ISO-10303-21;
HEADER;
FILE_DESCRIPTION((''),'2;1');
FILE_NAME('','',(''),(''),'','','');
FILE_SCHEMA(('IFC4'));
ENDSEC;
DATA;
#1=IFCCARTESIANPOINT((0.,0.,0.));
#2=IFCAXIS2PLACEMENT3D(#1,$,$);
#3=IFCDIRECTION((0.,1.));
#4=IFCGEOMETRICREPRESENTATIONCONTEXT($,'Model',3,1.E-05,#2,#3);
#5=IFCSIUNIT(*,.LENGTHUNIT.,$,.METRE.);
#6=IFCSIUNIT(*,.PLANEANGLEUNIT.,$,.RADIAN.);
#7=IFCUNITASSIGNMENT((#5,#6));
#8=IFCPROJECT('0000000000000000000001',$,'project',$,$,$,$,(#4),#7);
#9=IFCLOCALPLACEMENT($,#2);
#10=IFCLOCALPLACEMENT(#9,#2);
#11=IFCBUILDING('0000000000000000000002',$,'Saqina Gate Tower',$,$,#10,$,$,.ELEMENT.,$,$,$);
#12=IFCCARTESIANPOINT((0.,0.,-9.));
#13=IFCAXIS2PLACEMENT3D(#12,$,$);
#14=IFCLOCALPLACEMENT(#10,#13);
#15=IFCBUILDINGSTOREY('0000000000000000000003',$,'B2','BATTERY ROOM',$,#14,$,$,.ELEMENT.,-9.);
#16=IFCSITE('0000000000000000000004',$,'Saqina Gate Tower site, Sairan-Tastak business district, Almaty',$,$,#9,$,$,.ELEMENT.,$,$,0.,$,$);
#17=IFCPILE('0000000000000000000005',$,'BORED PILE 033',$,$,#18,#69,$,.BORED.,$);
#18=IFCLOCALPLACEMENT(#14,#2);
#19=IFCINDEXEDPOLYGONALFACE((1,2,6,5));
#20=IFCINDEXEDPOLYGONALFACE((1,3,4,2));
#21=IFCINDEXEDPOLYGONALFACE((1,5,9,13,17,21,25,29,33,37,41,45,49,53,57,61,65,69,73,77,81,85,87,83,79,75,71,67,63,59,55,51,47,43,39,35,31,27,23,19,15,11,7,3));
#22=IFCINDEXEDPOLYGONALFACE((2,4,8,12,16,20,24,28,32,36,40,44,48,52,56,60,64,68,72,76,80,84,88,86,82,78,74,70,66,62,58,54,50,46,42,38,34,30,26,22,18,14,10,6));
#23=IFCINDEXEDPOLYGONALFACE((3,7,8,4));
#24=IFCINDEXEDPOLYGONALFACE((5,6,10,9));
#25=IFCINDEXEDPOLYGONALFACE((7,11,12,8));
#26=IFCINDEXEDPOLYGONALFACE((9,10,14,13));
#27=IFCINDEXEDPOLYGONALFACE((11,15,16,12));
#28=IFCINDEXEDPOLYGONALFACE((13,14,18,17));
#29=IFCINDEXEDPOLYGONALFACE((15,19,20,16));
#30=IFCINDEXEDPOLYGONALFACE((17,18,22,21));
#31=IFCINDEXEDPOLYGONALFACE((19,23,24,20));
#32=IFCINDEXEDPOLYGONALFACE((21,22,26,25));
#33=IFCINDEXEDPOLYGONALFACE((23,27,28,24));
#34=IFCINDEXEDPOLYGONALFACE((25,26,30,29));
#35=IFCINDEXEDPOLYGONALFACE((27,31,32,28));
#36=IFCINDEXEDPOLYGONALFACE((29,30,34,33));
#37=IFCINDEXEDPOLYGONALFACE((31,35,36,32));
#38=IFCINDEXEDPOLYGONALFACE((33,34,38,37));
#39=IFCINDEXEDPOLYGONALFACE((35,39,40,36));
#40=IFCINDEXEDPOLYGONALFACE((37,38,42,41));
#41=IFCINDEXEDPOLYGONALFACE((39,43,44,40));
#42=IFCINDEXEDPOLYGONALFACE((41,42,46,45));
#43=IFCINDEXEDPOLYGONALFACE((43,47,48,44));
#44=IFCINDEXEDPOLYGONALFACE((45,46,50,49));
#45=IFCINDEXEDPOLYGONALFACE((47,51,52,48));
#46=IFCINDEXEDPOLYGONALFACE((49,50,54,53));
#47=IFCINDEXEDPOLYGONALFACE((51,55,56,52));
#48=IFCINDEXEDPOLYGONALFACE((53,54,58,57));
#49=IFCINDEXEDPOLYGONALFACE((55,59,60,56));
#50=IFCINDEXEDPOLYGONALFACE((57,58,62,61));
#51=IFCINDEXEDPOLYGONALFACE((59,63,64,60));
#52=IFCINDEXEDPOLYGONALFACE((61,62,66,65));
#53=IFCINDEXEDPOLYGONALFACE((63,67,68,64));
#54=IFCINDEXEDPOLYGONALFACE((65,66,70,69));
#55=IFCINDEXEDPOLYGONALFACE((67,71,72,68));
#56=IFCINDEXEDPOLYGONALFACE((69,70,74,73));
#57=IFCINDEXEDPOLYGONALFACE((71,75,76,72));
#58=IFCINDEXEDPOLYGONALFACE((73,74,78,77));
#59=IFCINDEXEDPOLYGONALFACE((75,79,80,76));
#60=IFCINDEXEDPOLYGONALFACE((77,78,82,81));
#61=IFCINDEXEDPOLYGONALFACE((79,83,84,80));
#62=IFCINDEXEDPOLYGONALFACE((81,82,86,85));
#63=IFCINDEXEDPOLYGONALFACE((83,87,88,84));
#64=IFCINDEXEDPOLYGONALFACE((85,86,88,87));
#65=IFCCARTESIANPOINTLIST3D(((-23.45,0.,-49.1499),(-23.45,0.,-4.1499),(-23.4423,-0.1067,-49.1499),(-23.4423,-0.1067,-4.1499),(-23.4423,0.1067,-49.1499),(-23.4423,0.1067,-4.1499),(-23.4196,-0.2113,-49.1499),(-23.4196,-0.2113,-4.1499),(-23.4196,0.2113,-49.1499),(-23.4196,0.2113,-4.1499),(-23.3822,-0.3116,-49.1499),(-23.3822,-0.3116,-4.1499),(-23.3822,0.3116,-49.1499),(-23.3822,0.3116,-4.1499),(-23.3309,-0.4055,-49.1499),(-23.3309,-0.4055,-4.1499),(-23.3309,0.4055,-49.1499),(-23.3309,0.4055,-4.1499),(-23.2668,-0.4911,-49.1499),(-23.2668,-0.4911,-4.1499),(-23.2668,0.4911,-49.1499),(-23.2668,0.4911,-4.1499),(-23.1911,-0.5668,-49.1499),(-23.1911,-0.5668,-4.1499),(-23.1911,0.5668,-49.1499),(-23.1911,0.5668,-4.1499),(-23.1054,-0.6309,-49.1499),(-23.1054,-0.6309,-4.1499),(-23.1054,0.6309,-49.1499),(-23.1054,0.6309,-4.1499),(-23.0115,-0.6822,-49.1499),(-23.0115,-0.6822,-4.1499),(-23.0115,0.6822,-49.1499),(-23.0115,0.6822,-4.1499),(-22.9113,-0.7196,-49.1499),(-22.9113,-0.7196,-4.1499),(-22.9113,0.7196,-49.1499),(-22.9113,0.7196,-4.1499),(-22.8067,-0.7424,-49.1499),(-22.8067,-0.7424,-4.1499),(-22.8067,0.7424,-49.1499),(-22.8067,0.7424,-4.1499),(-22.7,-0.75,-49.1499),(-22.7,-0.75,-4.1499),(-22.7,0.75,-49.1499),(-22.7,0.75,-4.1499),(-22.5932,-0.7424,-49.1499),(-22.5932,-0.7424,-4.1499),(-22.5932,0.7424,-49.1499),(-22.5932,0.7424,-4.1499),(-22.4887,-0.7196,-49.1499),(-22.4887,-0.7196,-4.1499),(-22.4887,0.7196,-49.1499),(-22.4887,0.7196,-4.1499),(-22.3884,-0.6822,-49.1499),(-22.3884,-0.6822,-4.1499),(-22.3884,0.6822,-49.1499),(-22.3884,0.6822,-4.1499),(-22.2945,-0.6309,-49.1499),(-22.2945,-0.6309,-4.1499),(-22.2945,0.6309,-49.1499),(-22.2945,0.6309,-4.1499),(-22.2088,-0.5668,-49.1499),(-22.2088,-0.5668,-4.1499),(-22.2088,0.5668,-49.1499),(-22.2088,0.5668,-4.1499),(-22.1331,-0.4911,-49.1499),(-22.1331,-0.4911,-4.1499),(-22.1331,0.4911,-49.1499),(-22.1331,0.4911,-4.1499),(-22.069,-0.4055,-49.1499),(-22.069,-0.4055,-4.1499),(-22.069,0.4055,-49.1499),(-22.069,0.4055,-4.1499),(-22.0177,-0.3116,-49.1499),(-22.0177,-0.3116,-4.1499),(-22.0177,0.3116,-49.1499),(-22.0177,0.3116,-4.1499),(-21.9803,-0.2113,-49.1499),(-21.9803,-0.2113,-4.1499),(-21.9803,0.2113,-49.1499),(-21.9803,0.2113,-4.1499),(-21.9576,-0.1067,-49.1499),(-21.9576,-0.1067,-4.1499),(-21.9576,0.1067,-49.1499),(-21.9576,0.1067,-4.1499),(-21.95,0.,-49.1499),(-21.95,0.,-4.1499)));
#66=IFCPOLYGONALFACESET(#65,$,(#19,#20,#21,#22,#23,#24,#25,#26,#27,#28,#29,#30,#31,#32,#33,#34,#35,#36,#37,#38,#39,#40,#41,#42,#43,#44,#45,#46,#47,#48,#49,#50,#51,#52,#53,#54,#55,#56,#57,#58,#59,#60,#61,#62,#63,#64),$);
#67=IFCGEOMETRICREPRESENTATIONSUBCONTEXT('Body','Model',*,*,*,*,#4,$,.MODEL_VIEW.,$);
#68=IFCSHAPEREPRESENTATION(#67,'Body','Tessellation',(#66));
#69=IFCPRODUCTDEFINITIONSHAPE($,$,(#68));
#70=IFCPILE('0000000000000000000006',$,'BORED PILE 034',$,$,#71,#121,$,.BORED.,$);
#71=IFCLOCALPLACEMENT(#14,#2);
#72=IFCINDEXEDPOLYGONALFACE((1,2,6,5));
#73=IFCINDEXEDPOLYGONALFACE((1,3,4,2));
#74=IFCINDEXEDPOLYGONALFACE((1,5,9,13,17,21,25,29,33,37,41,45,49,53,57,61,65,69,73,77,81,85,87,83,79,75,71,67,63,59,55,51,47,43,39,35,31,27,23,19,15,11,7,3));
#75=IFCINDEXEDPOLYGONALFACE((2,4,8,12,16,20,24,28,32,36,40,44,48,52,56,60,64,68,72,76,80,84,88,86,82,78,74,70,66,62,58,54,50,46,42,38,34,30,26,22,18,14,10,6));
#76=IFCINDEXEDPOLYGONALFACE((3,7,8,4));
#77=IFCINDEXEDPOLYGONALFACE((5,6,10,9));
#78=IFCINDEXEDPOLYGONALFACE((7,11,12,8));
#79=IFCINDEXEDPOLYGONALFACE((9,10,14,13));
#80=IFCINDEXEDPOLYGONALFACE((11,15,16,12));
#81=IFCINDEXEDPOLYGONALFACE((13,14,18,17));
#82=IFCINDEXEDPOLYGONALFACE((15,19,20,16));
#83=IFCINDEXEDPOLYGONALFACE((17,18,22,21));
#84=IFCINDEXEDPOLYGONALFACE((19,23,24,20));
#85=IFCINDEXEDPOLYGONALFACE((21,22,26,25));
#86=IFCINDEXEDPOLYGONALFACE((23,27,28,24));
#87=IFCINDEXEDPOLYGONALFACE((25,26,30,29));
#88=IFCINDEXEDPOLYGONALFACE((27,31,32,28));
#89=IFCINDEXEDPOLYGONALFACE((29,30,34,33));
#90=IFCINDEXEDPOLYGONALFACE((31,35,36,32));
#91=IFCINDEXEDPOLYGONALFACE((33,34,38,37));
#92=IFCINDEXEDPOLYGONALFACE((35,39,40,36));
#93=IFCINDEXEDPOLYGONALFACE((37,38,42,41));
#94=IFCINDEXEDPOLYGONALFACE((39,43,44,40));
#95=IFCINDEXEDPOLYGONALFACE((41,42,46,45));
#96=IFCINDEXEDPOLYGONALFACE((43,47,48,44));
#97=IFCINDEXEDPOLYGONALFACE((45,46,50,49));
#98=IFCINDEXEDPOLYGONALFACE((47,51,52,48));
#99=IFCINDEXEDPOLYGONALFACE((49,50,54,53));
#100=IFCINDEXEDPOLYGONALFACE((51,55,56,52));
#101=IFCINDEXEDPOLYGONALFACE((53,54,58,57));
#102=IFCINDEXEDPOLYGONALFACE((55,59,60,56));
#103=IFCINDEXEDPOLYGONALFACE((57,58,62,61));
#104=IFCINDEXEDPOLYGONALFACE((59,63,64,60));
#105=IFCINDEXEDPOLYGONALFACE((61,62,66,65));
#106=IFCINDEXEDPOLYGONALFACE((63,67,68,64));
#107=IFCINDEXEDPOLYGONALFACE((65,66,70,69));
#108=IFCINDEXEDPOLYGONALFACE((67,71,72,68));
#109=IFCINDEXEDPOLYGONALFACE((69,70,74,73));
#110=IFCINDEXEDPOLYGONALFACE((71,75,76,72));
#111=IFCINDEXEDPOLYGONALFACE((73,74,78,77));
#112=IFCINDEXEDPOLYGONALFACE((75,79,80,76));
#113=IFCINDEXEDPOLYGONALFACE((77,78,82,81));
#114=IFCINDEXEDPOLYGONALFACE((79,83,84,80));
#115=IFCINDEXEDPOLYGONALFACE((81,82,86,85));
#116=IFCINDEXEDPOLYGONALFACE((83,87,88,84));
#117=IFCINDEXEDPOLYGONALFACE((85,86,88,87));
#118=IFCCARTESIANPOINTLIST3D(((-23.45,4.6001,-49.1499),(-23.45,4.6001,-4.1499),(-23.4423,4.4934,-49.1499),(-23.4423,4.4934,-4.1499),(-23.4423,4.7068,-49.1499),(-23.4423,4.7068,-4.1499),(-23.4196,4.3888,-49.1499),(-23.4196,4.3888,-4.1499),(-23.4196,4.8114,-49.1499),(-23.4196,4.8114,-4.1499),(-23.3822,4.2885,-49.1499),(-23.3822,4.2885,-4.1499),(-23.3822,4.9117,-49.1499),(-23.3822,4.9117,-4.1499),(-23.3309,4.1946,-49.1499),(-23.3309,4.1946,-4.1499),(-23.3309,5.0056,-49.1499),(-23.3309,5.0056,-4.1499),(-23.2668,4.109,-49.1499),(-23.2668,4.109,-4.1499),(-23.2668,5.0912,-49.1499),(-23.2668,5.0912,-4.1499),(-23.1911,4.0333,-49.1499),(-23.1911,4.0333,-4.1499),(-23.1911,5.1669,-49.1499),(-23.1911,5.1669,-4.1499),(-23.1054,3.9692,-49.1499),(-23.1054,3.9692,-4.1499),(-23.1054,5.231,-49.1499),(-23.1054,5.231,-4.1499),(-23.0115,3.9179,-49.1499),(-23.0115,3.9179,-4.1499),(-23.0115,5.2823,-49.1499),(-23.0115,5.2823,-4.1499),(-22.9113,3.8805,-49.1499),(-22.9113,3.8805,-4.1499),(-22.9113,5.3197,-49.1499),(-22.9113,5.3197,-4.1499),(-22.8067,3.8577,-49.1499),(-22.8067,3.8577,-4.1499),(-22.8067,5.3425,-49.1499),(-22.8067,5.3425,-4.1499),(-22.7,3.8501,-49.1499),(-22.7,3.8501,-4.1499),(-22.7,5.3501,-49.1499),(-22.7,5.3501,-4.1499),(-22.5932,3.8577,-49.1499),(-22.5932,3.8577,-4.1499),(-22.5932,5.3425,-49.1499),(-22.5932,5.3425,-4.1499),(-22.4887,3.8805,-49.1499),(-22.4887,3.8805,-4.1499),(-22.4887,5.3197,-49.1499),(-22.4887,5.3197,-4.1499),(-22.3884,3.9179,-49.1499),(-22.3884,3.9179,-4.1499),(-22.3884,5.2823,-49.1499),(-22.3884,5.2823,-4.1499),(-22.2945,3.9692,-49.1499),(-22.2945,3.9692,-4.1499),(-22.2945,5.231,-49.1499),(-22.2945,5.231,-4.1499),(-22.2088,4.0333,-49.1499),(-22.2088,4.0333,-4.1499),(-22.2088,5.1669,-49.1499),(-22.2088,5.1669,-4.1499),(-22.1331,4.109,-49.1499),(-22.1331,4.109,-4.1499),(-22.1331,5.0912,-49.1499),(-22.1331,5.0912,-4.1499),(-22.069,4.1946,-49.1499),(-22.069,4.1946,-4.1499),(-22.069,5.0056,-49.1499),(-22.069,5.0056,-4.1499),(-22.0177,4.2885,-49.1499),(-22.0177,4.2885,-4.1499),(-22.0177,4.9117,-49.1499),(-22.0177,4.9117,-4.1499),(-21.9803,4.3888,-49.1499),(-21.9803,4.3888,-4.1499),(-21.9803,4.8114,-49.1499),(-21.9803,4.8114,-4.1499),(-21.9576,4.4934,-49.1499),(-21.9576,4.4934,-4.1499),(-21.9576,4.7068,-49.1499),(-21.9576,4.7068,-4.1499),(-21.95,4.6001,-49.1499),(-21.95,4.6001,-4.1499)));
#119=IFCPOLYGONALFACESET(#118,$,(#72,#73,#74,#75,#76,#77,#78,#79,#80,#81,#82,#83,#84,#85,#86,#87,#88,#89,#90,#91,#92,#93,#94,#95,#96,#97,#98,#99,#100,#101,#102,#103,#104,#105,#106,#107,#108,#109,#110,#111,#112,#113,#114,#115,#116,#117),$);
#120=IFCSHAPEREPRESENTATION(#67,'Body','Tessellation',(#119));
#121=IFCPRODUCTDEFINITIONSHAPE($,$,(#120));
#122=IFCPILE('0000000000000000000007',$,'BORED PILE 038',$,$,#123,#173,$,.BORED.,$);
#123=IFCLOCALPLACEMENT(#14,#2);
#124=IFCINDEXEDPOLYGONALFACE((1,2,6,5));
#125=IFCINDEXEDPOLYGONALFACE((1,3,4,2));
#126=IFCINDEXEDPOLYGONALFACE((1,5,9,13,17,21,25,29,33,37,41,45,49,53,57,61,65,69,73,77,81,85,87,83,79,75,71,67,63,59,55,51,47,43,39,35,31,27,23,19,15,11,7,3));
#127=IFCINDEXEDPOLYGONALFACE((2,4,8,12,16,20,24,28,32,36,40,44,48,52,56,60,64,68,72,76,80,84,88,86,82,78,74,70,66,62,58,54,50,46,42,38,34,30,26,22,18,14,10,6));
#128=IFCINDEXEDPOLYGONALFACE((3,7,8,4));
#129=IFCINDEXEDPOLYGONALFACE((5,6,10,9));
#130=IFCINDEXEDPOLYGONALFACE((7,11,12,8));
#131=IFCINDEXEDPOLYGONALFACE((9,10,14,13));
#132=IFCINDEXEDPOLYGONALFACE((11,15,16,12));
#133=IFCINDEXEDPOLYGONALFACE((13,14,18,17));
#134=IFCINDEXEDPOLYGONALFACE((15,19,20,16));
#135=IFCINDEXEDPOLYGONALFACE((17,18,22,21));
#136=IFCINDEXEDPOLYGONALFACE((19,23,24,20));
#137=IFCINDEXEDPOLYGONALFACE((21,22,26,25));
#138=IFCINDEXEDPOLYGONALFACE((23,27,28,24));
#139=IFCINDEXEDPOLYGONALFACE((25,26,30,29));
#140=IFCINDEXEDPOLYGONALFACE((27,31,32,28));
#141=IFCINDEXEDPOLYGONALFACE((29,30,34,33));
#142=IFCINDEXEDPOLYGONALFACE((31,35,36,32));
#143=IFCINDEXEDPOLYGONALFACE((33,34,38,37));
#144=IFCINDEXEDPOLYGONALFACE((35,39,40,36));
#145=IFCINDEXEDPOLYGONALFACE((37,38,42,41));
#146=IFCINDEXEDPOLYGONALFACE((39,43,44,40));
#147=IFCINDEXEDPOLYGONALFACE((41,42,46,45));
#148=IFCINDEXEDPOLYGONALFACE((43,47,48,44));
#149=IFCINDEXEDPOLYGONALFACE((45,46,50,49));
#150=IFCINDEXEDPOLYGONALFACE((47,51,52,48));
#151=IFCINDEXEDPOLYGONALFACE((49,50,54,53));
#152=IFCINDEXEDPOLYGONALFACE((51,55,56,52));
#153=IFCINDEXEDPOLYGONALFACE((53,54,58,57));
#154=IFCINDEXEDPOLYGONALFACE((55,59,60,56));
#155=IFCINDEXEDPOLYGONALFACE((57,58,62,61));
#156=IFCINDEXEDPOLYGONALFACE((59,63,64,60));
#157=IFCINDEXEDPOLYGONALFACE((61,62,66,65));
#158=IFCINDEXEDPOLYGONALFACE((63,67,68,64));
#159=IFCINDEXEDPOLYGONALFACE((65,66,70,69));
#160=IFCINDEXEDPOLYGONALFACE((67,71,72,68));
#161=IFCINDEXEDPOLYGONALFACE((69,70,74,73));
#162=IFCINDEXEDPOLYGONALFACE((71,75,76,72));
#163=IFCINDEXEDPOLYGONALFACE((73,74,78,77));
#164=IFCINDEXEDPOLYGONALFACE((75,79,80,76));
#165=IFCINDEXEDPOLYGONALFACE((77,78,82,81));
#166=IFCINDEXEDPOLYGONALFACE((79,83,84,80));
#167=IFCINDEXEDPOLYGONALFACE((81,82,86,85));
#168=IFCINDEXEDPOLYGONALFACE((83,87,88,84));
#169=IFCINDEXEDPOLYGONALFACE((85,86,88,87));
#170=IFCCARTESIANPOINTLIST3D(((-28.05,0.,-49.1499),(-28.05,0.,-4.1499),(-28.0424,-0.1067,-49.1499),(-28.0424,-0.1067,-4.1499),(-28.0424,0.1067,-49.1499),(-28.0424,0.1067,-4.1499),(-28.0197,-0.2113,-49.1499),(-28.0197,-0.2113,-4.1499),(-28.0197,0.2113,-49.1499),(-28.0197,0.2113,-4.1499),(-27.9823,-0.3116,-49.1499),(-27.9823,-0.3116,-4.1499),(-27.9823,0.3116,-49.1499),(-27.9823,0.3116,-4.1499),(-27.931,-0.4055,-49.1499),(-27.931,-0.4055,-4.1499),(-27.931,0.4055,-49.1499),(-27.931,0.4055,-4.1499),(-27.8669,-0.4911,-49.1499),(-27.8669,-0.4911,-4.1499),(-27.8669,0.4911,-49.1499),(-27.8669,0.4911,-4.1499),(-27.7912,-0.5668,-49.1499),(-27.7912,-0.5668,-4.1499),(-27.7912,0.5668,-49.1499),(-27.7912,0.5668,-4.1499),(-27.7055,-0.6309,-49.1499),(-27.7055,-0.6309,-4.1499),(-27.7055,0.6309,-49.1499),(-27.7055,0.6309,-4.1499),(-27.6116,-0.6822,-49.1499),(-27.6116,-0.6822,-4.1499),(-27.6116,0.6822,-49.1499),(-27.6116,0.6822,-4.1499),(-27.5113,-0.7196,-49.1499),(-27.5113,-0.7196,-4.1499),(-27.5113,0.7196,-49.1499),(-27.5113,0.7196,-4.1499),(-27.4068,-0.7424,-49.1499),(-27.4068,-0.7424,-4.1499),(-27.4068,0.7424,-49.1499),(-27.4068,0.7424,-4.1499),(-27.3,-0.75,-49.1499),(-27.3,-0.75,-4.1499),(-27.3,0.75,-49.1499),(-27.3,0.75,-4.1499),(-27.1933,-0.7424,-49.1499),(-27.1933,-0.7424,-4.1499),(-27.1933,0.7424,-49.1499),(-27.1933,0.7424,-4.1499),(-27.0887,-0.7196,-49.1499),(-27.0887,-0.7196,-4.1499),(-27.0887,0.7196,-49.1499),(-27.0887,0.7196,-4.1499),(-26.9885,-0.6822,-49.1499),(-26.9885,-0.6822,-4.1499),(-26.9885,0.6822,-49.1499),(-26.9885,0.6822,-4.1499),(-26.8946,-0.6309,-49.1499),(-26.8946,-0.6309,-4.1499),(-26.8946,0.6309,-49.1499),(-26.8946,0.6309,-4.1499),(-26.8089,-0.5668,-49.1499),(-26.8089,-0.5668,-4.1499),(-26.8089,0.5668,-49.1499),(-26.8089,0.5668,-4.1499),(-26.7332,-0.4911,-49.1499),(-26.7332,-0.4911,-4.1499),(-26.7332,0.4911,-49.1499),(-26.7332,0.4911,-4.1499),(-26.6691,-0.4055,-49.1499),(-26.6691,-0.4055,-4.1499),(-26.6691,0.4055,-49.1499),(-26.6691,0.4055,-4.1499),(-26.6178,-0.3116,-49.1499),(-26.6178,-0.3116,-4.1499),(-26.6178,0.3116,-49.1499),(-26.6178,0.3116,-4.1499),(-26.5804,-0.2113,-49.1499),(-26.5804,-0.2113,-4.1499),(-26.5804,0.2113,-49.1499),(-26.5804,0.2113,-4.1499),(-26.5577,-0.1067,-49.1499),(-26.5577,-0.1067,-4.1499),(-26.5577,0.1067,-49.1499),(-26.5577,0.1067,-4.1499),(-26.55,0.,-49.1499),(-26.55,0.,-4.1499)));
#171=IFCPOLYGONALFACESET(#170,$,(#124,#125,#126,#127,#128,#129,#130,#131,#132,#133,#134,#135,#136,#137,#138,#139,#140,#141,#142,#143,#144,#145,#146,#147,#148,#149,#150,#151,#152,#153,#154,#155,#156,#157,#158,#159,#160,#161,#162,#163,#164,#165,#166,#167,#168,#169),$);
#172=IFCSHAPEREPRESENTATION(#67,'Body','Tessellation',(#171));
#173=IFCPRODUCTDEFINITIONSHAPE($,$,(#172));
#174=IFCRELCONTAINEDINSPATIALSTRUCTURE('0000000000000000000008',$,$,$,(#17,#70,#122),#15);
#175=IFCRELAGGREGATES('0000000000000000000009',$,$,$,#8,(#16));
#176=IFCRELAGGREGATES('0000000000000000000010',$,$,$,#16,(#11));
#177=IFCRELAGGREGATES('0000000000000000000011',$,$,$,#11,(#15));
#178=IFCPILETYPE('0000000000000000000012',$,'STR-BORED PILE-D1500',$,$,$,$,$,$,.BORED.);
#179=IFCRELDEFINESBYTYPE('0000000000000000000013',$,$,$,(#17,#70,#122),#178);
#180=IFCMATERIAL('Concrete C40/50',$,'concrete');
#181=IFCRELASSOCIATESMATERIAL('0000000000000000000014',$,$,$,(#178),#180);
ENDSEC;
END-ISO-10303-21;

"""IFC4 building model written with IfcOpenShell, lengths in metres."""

from ifc_helpers import new_model, si_unit, direction, frame, origin, origin_2d, place, context, subcontext, project, spatial, circle, extrude, material, material_profile, profile_set, type_object, element, save


model = new_model("IFC4")

# Units and contexts
model_context = context("Model", 3, precision=1e-05, world=origin(), true_north=direction((0.0, 1.0)))
body_context = subcontext(model_context, "Body", "Model", "MODEL_VIEW")
ifc_project = project(units=[si_unit("LENGTHUNIT", "METRE"), si_unit("PLANEANGLEUNIT", "RADIAN")], contexts=[model_context])

# Site, building, storey
site_placement = place(None, origin())
site = spatial("IfcSite", under=ifc_project, at=site_placement, Name="Saqina Gate Tower site, Sairan-Tastak business district, Almaty", CompositionType="ELEMENT", RefElevation=0.0)
building_placement = place(site_placement, origin())
building = spatial("IfcBuilding", under=site, at=building_placement, Name="Saqina Gate Tower", CompositionType="ELEMENT")
storey_placement = place(building_placement, frame((0.0, 0.0, -9.0)))
storey = spatial("IfcBuildingStorey", under=building, at=storey_placement, Name="B2", Description="BATTERY ROOM", CompositionType="ELEMENT", Elevation=-9.0)

# Piles
ifc_material_1 = material(Name="Concrete C40/50", Category="concrete")
ifc_material_profile_1 = material_profile(ifc_material_1, circle(Radius=0.75, at=origin_2d()), Name="RC D1500")
ifc_profile_set_1 = profile_set([ifc_material_profile_1], Name="Concrete C40/50")
pile_type = type_object("IfcPileType", Name="STR-BORED PILE-D1500", PredefinedType="BORED", material=ifc_profile_set_1)
for number, where, z_axis, x_axis, name in (
    (1, (-22.7, 0.0, -4.1499), (0.0, 0.0, -1.0), (1.0, 0.0, 0.0), "BORED PILE 033"),
    (2, (-22.7, 4.6001, -4.1499), (0.0, 0.0, -1.0), (1.0, 0.0, 0.0), "BORED PILE 034"),
    (3, (-27.3, 0.0, -4.1499), (0.0, 0.0, -1.0), (1.0, 0.0, 0.0), "BORED PILE 038"),
):
    element("IfcPile", number, at=place(storey_placement, frame(where, z_axis=z_axis, x_axis=x_axis)), inside=storey, type_object=pile_type, Name=name, PredefinedType="BORED", context=body_context, shape_type="SweptSolid", body=[
        extrude(circle(Radius=0.75, at=origin_2d()), origin(), (0.0, 0.0, 1.0), 45.0),
    ])

save(model, "model.ifc")
